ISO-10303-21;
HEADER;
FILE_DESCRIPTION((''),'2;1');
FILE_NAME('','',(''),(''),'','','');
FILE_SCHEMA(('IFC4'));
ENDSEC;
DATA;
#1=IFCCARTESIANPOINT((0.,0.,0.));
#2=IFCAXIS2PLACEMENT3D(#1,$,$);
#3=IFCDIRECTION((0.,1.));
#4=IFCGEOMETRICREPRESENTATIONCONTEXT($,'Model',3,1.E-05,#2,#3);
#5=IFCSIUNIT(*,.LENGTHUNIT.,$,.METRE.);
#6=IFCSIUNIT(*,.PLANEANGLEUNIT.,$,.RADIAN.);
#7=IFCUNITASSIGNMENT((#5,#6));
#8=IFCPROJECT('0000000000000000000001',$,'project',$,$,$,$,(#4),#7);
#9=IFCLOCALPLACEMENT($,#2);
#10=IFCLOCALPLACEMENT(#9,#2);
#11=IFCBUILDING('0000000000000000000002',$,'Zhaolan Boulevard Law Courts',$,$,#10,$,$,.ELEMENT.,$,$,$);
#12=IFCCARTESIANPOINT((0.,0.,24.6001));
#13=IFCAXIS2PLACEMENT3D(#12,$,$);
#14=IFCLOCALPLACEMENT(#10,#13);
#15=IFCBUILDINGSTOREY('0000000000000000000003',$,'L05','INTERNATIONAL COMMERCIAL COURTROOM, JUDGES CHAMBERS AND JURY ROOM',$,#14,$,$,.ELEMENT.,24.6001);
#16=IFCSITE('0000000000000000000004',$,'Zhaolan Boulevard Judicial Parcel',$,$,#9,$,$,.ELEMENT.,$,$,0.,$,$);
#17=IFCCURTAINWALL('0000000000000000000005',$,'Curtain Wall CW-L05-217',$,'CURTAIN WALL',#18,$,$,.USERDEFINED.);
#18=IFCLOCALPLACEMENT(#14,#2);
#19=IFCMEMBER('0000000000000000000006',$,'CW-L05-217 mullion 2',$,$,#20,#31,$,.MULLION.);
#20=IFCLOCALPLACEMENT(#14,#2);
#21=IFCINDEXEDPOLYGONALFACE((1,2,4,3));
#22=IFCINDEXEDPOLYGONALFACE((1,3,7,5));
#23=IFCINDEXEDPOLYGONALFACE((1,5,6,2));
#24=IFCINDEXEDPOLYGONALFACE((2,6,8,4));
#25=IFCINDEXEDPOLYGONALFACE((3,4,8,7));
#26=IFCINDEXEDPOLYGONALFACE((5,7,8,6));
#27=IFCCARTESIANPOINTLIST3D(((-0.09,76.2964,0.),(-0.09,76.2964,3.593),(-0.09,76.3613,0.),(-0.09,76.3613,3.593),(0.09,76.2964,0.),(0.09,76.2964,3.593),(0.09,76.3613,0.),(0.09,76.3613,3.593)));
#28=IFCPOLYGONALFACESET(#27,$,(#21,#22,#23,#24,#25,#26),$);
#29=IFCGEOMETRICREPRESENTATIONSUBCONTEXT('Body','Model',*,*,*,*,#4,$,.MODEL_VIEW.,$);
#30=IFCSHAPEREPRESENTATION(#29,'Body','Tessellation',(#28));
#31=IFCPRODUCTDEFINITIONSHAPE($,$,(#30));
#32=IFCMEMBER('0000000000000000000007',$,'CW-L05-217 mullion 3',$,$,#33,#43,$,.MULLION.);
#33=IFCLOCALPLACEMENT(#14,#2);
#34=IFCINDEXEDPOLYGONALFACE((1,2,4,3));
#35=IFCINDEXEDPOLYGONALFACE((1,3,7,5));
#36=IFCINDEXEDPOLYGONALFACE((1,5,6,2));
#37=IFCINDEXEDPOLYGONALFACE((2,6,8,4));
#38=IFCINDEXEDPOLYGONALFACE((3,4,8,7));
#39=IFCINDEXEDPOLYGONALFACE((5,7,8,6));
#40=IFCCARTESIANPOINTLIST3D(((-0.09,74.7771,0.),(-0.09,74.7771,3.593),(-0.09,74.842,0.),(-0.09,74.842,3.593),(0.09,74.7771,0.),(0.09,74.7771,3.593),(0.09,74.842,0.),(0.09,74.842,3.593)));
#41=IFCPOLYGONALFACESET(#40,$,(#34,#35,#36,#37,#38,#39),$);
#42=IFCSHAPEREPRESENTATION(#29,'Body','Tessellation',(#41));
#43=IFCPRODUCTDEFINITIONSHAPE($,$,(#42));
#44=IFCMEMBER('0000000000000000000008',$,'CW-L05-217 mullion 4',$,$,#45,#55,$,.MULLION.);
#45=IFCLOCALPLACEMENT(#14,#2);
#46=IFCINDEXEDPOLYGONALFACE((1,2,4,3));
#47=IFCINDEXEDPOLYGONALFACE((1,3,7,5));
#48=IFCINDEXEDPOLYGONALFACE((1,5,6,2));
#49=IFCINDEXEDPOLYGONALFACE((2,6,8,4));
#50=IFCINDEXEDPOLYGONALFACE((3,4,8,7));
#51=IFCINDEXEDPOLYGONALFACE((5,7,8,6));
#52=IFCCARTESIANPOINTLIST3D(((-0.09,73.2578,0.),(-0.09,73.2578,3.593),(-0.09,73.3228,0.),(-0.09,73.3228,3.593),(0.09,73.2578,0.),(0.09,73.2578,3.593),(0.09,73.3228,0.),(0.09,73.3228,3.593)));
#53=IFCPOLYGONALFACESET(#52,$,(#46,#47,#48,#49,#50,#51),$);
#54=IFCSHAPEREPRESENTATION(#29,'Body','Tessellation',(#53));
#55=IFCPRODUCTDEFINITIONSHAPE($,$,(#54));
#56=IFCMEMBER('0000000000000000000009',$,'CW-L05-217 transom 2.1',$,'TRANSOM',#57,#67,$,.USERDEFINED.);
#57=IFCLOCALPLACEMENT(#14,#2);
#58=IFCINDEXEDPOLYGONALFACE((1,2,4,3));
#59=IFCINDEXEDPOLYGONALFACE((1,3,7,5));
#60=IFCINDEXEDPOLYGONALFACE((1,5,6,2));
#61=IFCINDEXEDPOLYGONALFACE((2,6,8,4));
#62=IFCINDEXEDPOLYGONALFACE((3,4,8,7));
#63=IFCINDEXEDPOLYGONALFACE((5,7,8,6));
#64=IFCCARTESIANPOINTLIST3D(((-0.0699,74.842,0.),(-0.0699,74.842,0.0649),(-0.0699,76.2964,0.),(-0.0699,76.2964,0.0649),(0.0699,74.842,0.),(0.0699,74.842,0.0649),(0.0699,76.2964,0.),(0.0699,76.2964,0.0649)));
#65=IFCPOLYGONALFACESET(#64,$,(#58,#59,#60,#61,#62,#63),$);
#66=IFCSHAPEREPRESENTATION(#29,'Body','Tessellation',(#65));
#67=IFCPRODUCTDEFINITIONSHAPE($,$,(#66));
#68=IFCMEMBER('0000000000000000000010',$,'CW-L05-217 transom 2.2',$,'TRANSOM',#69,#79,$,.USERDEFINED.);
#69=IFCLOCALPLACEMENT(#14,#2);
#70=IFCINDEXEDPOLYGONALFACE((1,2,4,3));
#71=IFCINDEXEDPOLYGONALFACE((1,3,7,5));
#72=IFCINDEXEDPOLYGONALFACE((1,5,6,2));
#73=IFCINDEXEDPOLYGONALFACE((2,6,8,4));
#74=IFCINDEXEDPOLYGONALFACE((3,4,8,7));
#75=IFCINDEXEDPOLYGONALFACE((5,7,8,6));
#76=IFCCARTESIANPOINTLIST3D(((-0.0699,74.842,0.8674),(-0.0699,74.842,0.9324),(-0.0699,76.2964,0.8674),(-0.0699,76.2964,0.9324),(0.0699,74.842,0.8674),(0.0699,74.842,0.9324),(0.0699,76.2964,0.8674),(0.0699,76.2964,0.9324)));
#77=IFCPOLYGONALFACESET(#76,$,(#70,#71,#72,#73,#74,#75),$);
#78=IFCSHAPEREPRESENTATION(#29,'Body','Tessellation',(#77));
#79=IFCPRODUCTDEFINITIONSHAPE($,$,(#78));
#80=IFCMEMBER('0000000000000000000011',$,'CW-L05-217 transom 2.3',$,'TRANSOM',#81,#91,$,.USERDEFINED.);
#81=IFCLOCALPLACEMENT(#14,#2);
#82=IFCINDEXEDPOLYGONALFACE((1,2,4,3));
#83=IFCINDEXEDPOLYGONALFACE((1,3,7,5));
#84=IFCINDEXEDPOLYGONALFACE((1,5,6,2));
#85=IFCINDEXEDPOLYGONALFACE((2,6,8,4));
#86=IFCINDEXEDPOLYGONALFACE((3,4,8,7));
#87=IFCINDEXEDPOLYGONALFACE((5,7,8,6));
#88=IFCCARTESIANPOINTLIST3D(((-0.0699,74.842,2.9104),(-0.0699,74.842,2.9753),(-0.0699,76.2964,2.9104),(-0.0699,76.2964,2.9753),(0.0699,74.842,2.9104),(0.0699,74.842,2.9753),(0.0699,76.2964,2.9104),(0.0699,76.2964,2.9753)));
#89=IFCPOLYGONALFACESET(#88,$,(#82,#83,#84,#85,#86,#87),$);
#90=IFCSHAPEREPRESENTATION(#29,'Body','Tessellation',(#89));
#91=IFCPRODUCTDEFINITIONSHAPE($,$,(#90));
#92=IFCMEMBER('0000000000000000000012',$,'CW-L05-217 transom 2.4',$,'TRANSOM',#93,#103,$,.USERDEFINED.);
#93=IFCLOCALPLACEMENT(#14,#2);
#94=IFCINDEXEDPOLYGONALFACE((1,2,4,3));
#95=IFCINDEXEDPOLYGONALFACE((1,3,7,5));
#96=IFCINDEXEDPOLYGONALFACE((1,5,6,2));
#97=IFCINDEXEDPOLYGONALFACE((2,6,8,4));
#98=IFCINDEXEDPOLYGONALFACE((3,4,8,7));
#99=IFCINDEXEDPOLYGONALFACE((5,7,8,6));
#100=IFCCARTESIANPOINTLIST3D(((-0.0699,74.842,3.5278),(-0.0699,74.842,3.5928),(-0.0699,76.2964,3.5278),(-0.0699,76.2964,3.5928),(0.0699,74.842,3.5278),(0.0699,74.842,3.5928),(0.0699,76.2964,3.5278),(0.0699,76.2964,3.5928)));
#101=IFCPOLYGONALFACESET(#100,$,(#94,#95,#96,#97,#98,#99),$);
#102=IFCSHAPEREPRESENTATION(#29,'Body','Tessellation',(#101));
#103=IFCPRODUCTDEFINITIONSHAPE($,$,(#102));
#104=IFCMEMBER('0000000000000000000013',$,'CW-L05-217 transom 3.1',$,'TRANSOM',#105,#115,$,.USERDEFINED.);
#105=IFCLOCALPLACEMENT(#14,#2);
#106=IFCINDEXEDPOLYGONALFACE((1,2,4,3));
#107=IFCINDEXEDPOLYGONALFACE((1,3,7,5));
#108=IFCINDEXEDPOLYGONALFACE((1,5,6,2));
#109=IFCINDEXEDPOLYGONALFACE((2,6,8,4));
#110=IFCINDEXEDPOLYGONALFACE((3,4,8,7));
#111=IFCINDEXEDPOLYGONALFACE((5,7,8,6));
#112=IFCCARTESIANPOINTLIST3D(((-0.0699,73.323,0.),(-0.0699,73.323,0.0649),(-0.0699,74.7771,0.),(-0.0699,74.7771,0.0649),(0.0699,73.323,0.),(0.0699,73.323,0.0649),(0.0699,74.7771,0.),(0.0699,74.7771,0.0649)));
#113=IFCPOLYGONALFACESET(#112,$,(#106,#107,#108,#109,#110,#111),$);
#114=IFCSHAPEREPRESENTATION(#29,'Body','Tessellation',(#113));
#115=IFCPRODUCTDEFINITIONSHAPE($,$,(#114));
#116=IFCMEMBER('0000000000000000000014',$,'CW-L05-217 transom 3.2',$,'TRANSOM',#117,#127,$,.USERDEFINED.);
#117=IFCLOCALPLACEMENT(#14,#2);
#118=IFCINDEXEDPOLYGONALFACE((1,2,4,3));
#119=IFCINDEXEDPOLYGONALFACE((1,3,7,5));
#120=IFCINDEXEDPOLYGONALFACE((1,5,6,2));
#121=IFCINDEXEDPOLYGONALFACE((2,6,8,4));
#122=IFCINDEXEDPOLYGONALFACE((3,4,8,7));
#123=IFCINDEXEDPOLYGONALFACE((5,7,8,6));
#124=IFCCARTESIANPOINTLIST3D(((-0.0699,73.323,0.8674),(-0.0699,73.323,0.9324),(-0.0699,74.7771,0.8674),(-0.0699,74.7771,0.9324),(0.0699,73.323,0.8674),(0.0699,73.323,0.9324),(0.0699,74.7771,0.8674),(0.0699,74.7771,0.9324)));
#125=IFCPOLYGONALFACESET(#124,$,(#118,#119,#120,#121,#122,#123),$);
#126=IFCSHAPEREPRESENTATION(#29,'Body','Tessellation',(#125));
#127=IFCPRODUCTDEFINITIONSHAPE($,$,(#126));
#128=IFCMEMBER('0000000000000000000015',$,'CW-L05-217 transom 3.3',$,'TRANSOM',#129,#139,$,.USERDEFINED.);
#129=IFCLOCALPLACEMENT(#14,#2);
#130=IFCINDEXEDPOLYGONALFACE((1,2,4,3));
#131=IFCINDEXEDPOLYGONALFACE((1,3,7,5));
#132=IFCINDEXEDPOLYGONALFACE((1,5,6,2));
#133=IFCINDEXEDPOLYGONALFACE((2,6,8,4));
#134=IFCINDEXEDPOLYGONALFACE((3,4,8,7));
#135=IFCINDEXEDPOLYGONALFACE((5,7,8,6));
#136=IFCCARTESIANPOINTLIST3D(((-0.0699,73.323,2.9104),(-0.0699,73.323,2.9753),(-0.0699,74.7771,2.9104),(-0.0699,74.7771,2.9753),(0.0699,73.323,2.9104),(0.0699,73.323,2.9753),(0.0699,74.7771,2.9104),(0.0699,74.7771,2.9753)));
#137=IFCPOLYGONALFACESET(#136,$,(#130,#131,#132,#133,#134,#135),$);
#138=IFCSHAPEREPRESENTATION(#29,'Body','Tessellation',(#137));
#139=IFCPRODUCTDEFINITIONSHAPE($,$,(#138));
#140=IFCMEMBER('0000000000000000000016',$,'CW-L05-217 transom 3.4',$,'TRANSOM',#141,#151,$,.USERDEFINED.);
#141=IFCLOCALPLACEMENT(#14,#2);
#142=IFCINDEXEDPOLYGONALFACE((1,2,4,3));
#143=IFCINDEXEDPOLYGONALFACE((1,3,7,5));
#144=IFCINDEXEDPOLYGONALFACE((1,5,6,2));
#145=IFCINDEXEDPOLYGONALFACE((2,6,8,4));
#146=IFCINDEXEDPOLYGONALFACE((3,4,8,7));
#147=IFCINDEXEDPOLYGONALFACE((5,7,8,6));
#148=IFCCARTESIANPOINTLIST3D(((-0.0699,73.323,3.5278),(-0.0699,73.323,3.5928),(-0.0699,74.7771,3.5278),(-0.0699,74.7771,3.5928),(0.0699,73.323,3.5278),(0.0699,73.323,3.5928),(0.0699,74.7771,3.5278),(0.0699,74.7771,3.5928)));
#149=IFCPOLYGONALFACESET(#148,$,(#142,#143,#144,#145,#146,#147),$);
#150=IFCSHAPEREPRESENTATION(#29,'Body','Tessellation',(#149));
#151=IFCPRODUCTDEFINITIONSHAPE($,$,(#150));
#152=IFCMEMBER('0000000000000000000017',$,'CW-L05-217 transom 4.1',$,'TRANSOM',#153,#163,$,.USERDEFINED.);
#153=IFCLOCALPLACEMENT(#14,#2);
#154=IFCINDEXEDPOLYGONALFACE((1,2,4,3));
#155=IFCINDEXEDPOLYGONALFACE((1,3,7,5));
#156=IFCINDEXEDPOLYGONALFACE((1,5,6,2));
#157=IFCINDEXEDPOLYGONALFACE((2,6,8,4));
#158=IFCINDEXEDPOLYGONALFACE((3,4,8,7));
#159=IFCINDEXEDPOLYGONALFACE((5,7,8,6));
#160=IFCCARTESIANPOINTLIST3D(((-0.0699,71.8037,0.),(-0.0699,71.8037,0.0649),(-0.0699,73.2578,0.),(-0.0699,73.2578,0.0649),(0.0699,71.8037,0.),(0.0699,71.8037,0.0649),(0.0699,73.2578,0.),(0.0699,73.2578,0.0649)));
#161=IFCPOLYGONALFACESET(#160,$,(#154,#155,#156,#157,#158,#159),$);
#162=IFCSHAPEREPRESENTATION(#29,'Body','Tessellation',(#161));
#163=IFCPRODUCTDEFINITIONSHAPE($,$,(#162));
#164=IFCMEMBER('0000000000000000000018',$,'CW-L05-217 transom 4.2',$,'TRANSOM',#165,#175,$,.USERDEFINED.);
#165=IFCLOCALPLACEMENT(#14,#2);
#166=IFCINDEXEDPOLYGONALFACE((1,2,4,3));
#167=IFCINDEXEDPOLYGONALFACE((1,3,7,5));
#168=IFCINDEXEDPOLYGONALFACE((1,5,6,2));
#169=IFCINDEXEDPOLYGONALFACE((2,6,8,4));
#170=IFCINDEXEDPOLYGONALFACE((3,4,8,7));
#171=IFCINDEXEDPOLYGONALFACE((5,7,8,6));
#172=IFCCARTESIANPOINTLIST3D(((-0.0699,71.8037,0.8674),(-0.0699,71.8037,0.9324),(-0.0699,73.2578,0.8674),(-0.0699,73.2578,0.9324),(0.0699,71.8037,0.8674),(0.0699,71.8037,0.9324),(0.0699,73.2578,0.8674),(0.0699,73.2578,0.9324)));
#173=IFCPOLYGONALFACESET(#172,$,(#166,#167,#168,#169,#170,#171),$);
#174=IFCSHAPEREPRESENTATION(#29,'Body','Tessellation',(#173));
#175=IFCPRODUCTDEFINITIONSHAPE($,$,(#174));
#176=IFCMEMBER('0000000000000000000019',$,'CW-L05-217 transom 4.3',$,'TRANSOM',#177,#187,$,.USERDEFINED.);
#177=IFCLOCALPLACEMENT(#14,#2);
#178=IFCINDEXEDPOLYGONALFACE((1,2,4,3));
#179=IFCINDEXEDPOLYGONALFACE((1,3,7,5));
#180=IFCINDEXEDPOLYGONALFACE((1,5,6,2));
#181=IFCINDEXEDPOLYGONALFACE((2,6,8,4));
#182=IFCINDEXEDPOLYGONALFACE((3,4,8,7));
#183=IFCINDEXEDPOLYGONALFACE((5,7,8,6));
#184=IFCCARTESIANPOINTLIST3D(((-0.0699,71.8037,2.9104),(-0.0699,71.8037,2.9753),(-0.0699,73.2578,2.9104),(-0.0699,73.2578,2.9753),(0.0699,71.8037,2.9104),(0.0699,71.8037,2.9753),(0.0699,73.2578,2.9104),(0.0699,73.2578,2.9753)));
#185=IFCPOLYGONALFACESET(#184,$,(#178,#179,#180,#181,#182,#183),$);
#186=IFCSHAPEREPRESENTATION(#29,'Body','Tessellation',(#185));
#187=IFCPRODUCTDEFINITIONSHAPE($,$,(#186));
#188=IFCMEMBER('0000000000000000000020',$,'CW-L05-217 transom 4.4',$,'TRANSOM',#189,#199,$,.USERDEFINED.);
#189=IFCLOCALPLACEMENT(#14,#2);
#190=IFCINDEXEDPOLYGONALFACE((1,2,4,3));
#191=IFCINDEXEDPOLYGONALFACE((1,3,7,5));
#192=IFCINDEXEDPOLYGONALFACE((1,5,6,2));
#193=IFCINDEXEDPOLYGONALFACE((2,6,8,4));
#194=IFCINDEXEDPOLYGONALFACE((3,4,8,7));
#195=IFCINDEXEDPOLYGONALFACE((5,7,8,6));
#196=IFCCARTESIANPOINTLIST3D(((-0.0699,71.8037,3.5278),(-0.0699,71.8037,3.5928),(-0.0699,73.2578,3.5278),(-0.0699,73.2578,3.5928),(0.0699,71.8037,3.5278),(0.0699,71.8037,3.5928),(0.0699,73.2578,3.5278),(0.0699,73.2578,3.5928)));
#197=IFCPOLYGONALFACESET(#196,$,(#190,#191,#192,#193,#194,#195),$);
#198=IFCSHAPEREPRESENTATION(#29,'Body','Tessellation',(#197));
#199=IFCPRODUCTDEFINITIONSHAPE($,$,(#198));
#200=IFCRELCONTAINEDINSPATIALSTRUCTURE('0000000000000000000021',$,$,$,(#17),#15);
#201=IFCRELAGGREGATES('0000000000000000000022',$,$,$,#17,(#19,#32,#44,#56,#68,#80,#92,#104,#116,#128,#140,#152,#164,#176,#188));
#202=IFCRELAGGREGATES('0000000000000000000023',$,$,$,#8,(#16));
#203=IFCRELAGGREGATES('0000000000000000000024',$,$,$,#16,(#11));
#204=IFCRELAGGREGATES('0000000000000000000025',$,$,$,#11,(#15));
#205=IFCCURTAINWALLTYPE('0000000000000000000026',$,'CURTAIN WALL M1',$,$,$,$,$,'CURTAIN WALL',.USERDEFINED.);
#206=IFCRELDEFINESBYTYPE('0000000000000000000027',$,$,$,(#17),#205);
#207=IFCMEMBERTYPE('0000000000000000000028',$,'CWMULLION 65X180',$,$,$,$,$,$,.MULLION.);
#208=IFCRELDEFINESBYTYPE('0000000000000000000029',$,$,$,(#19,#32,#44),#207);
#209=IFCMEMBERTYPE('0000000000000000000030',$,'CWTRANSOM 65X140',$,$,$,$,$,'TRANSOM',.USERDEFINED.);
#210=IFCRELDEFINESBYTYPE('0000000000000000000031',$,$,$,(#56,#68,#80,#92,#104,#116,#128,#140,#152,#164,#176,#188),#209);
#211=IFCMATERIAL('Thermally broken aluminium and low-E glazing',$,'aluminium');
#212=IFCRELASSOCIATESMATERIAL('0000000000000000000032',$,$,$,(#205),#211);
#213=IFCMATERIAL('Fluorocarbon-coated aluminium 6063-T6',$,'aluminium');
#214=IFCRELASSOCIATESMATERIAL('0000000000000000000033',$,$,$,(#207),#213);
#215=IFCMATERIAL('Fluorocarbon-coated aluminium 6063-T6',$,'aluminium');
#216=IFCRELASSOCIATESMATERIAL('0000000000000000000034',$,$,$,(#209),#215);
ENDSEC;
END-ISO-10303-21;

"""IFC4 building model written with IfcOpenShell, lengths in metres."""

from ifc_helpers import new_model, si_unit, direction, frame, origin, origin_2d, place, context, subcontext, project, spatial, rectangle, extrude, material, material_profile, profile_set, type_object, element, aggregate, save


model = new_model("IFC4")

# Units and contexts
model_context = context("Model", 3, precision=1e-05, world=origin(), true_north=direction((0.0, 1.0)))
body_context = subcontext(model_context, "Body", "Model", "MODEL_VIEW")
ifc_project = project(units=[si_unit("LENGTHUNIT", "METRE"), si_unit("PLANEANGLEUNIT", "RADIAN")], contexts=[model_context])

# Site, building, storey
site_placement = place(None, origin())
site = spatial("IfcSite", under=ifc_project, at=site_placement, Name="Zhaolan Boulevard Judicial Parcel", CompositionType="ELEMENT", RefElevation=0.0)
building_placement = place(site_placement, origin())
building = spatial("IfcBuilding", under=site, at=building_placement, Name="Zhaolan Boulevard Law Courts", CompositionType="ELEMENT")
storey_placement = place(building_placement, frame((0.0, 0.0, 24.6001)))
storey = spatial("IfcBuildingStorey", under=building, at=storey_placement, Name="L05", Description="INTERNATIONAL COMMERCIAL COURTROOM, JUDGES CHAMBERS AND JURY ROOM", CompositionType="ELEMENT", Elevation=24.6001)

# Curtain wall, members
ifc_material_1 = material(Name="Thermally broken aluminium and low-E glazing", Category="aluminium")
curtain_wall_type = type_object("IfcCurtainWallType", Name="CURTAIN WALL M1", ElementType="CURTAIN WALL", PredefinedType="USERDEFINED", material=ifc_material_1)
curtain_wall_placement = place(storey_placement, origin())
curtain_wall = element("IfcCurtainWall", 1, at=curtain_wall_placement, inside=storey, type_object=curtain_wall_type, Name="Curtain Wall CW-L05-217", ObjectType="CURTAIN WALL", PredefinedType="USERDEFINED")
ifc_material_2 = material(Name="Fluorocarbon-coated aluminium 6063-T6", Category="aluminium")
ifc_material_profile_1 = material_profile(ifc_material_2, rectangle(XDim=0.1799, YDim=0.0649, at=origin_2d()), Name="AL65x180")
ifc_profile_set_1 = profile_set([ifc_material_profile_1], Name="Fluorocarbon-coated aluminium 6063-T6")
member_type_1 = type_object("IfcMemberType", Name="CWMULLION 65X180", PredefinedType="MULLION", material=ifc_profile_set_1)
member_1_placement = place(storey_placement, frame((0.0, 76.3289, 0.0), z_axis=(0.0, 0.0, 1.0), x_axis=(1.0, 0.0, 0.0)))
member_1 = element("IfcMember", 2, at=member_1_placement, type_object=member_type_1, Name="CW-L05-217 mullion 2", PredefinedType="MULLION", context=body_context, shape_type="SweptSolid", body=[
    extrude(rectangle(XDim=0.1799, YDim=0.0649, at=origin_2d()), origin(), (0.0, 0.0, 1.0), 3.593),
])
member_2_placement = place(storey_placement, frame((0.0, 74.8096, 0.0), z_axis=(0.0, 0.0, 1.0), x_axis=(1.0, 0.0, 0.0)))
member_2 = element("IfcMember", 3, at=member_2_placement, type_object=member_type_1, Name="CW-L05-217 mullion 3", PredefinedType="MULLION", context=body_context, shape_type="SweptSolid", body=[
    extrude(rectangle(XDim=0.1799, YDim=0.0649, at=origin_2d()), origin(), (0.0, 0.0, 1.0), 3.593),
])
member_3_placement = place(storey_placement, frame((0.0, 73.2903, 0.0), z_axis=(0.0, 0.0, 1.0), x_axis=(1.0, 0.0, 0.0)))
member_3 = element("IfcMember", 4, at=member_3_placement, type_object=member_type_1, Name="CW-L05-217 mullion 4", PredefinedType="MULLION", context=body_context, shape_type="SweptSolid", body=[
    extrude(rectangle(XDim=0.1799, YDim=0.0649, at=origin_2d()), origin(), (0.0, 0.0, 1.0), 3.593),
])
ifc_material_3 = material(Name="Fluorocarbon-coated aluminium 6063-T6", Category="aluminium")
ifc_material_profile_2 = material_profile(ifc_material_3, rectangle(XDim=0.1399, YDim=0.0649, at=origin_2d()), Name="AL65x140")
ifc_profile_set_2 = profile_set([ifc_material_profile_2], Name="Fluorocarbon-coated aluminium 6063-T6")
member_type_2 = type_object("IfcMemberType", Name="CWTRANSOM 65X140", ElementType="TRANSOM", PredefinedType="USERDEFINED", material=ifc_profile_set_2)
member_4_placement = place(storey_placement, frame((0.0, 76.2964, 0.0325), z_axis=(0.0, -1.0, 0.0), x_axis=(1.0, 0.0, 0.0)))
member_4 = element("IfcMember", 5, at=member_4_placement, type_object=member_type_2, Name="CW-L05-217 transom 2.1", ObjectType="TRANSOM", PredefinedType="USERDEFINED", context=body_context, shape_type="SweptSolid", body=[
    extrude(rectangle(XDim=0.1399, YDim=0.0649, at=origin_2d()), origin(), (0.0, 0.0, 1.0), 1.4543),
])
member_5_placement = place(storey_placement, frame((0.0, 76.2964, 0.8999), z_axis=(0.0, -1.0, 0.0), x_axis=(1.0, 0.0, 0.0)))
member_5 = element("IfcMember", 6, at=member_5_placement, type_object=member_type_2, Name="CW-L05-217 transom 2.2", ObjectType="TRANSOM", PredefinedType="USERDEFINED", context=body_context, shape_type="SweptSolid", body=[
    extrude(rectangle(XDim=0.1399, YDim=0.0649, at=origin_2d()), origin(), (0.0, 0.0, 1.0), 1.4543),
])
member_6_placement = place(storey_placement, frame((0.0, 76.2964, 2.9429), z_axis=(0.0, -1.0, 0.0), x_axis=(1.0, 0.0, 0.0)))
member_6 = element("IfcMember", 7, at=member_6_placement, type_object=member_type_2, Name="CW-L05-217 transom 2.3", ObjectType="TRANSOM", PredefinedType="USERDEFINED", context=body_context, shape_type="SweptSolid", body=[
    extrude(rectangle(XDim=0.1399, YDim=0.0649, at=origin_2d()), origin(), (0.0, 0.0, 1.0), 1.4543),
])
member_7_placement = place(storey_placement, frame((0.0, 76.2964, 3.5603), z_axis=(0.0, -1.0, 0.0), x_axis=(1.0, 0.0, 0.0)))
member_7 = element("IfcMember", 8, at=member_7_placement, type_object=member_type_2, Name="CW-L05-217 transom 2.4", ObjectType="TRANSOM", PredefinedType="USERDEFINED", context=body_context, shape_type="SweptSolid", body=[
    extrude(rectangle(XDim=0.1399, YDim=0.0649, at=origin_2d()), origin(), (0.0, 0.0, 1.0), 1.4543),
])
member_8_placement = place(storey_placement, frame((0.0, 74.7771, 0.0325), z_axis=(0.0, -1.0, 0.0), x_axis=(1.0, 0.0, 0.0)))
member_8 = element("IfcMember", 9, at=member_8_placement, type_object=member_type_2, Name="CW-L05-217 transom 3.1", ObjectType="TRANSOM", PredefinedType="USERDEFINED", context=body_context, shape_type="SweptSolid", body=[
    extrude(rectangle(XDim=0.1399, YDim=0.0649, at=origin_2d()), origin(), (0.0, 0.0, 1.0), 1.4541),
])
member_9_placement = place(storey_placement, frame((0.0, 74.7771, 0.8999), z_axis=(0.0, -1.0, 0.0), x_axis=(1.0, 0.0, 0.0)))
member_9 = element("IfcMember", 10, at=member_9_placement, type_object=member_type_2, Name="CW-L05-217 transom 3.2", ObjectType="TRANSOM", PredefinedType="USERDEFINED", context=body_context, shape_type="SweptSolid", body=[
    extrude(rectangle(XDim=0.1399, YDim=0.0649, at=origin_2d()), origin(), (0.0, 0.0, 1.0), 1.4541),
])
member_10_placement = place(storey_placement, frame((0.0, 74.7771, 2.9429), z_axis=(0.0, -1.0, 0.0), x_axis=(1.0, 0.0, 0.0)))
member_10 = element("IfcMember", 11, at=member_10_placement, type_object=member_type_2, Name="CW-L05-217 transom 3.3", ObjectType="TRANSOM", PredefinedType="USERDEFINED", context=body_context, shape_type="SweptSolid", body=[
    extrude(rectangle(XDim=0.1399, YDim=0.0649, at=origin_2d()), origin(), (0.0, 0.0, 1.0), 1.4541),
])
member_11_placement = place(storey_placement, frame((0.0, 74.7771, 3.5603), z_axis=(0.0, -1.0, 0.0), x_axis=(1.0, 0.0, 0.0)))
member_11 = element("IfcMember", 12, at=member_11_placement, type_object=member_type_2, Name="CW-L05-217 transom 3.4", ObjectType="TRANSOM", PredefinedType="USERDEFINED", context=body_context, shape_type="SweptSolid", body=[
    extrude(rectangle(XDim=0.1399, YDim=0.0649, at=origin_2d()), origin(), (0.0, 0.0, 1.0), 1.4541),
])
member_12_placement = place(storey_placement, frame((0.0, 73.2578, 0.0325), z_axis=(0.0, -1.0, 0.0), x_axis=(1.0, 0.0, 0.0)))
member_12 = element("IfcMember", 13, at=member_12_placement, type_object=member_type_2, Name="CW-L05-217 transom 4.1", ObjectType="TRANSOM", PredefinedType="USERDEFINED", context=body_context, shape_type="SweptSolid", body=[
    extrude(rectangle(XDim=0.1399, YDim=0.0649, at=origin_2d()), origin(), (0.0, 0.0, 1.0), 1.4541),
])
member_13_placement = place(storey_placement, frame((0.0, 73.2578, 0.8999), z_axis=(0.0, -1.0, 0.0), x_axis=(1.0, 0.0, 0.0)))
member_13 = element("IfcMember", 14, at=member_13_placement, type_object=member_type_2, Name="CW-L05-217 transom 4.2", ObjectType="TRANSOM", PredefinedType="USERDEFINED", context=body_context, shape_type="SweptSolid", body=[
    extrude(rectangle(XDim=0.1399, YDim=0.0649, at=origin_2d()), origin(), (0.0, 0.0, 1.0), 1.4541),
])
member_14_placement = place(storey_placement, frame((0.0, 73.2578, 2.9429), z_axis=(0.0, -1.0, 0.0), x_axis=(1.0, 0.0, 0.0)))
member_14 = element("IfcMember", 15, at=member_14_placement, type_object=member_type_2, Name="CW-L05-217 transom 4.3", ObjectType="TRANSOM", PredefinedType="USERDEFINED", context=body_context, shape_type="SweptSolid", body=[
    extrude(rectangle(XDim=0.1399, YDim=0.0649, at=origin_2d()), origin(), (0.0, 0.0, 1.0), 1.4541),
])
member_15_placement = place(storey_placement, frame((0.0, 73.2578, 3.5603), z_axis=(0.0, -1.0, 0.0), x_axis=(1.0, 0.0, 0.0)))
member_15 = element("IfcMember", 16, at=member_15_placement, type_object=member_type_2, Name="CW-L05-217 transom 4.4", ObjectType="TRANSOM", PredefinedType="USERDEFINED", context=body_context, shape_type="SweptSolid", body=[
    extrude(rectangle(XDim=0.1399, YDim=0.0649, at=origin_2d()), origin(), (0.0, 0.0, 1.0), 1.4541),
])
aggregate(curtain_wall, [member_1, member_2, member_3, member_4, member_5, member_6, member_7, member_8, member_9, member_10, member_11, member_12, member_13, member_14, member_15])

save(model, "model.ifc")
